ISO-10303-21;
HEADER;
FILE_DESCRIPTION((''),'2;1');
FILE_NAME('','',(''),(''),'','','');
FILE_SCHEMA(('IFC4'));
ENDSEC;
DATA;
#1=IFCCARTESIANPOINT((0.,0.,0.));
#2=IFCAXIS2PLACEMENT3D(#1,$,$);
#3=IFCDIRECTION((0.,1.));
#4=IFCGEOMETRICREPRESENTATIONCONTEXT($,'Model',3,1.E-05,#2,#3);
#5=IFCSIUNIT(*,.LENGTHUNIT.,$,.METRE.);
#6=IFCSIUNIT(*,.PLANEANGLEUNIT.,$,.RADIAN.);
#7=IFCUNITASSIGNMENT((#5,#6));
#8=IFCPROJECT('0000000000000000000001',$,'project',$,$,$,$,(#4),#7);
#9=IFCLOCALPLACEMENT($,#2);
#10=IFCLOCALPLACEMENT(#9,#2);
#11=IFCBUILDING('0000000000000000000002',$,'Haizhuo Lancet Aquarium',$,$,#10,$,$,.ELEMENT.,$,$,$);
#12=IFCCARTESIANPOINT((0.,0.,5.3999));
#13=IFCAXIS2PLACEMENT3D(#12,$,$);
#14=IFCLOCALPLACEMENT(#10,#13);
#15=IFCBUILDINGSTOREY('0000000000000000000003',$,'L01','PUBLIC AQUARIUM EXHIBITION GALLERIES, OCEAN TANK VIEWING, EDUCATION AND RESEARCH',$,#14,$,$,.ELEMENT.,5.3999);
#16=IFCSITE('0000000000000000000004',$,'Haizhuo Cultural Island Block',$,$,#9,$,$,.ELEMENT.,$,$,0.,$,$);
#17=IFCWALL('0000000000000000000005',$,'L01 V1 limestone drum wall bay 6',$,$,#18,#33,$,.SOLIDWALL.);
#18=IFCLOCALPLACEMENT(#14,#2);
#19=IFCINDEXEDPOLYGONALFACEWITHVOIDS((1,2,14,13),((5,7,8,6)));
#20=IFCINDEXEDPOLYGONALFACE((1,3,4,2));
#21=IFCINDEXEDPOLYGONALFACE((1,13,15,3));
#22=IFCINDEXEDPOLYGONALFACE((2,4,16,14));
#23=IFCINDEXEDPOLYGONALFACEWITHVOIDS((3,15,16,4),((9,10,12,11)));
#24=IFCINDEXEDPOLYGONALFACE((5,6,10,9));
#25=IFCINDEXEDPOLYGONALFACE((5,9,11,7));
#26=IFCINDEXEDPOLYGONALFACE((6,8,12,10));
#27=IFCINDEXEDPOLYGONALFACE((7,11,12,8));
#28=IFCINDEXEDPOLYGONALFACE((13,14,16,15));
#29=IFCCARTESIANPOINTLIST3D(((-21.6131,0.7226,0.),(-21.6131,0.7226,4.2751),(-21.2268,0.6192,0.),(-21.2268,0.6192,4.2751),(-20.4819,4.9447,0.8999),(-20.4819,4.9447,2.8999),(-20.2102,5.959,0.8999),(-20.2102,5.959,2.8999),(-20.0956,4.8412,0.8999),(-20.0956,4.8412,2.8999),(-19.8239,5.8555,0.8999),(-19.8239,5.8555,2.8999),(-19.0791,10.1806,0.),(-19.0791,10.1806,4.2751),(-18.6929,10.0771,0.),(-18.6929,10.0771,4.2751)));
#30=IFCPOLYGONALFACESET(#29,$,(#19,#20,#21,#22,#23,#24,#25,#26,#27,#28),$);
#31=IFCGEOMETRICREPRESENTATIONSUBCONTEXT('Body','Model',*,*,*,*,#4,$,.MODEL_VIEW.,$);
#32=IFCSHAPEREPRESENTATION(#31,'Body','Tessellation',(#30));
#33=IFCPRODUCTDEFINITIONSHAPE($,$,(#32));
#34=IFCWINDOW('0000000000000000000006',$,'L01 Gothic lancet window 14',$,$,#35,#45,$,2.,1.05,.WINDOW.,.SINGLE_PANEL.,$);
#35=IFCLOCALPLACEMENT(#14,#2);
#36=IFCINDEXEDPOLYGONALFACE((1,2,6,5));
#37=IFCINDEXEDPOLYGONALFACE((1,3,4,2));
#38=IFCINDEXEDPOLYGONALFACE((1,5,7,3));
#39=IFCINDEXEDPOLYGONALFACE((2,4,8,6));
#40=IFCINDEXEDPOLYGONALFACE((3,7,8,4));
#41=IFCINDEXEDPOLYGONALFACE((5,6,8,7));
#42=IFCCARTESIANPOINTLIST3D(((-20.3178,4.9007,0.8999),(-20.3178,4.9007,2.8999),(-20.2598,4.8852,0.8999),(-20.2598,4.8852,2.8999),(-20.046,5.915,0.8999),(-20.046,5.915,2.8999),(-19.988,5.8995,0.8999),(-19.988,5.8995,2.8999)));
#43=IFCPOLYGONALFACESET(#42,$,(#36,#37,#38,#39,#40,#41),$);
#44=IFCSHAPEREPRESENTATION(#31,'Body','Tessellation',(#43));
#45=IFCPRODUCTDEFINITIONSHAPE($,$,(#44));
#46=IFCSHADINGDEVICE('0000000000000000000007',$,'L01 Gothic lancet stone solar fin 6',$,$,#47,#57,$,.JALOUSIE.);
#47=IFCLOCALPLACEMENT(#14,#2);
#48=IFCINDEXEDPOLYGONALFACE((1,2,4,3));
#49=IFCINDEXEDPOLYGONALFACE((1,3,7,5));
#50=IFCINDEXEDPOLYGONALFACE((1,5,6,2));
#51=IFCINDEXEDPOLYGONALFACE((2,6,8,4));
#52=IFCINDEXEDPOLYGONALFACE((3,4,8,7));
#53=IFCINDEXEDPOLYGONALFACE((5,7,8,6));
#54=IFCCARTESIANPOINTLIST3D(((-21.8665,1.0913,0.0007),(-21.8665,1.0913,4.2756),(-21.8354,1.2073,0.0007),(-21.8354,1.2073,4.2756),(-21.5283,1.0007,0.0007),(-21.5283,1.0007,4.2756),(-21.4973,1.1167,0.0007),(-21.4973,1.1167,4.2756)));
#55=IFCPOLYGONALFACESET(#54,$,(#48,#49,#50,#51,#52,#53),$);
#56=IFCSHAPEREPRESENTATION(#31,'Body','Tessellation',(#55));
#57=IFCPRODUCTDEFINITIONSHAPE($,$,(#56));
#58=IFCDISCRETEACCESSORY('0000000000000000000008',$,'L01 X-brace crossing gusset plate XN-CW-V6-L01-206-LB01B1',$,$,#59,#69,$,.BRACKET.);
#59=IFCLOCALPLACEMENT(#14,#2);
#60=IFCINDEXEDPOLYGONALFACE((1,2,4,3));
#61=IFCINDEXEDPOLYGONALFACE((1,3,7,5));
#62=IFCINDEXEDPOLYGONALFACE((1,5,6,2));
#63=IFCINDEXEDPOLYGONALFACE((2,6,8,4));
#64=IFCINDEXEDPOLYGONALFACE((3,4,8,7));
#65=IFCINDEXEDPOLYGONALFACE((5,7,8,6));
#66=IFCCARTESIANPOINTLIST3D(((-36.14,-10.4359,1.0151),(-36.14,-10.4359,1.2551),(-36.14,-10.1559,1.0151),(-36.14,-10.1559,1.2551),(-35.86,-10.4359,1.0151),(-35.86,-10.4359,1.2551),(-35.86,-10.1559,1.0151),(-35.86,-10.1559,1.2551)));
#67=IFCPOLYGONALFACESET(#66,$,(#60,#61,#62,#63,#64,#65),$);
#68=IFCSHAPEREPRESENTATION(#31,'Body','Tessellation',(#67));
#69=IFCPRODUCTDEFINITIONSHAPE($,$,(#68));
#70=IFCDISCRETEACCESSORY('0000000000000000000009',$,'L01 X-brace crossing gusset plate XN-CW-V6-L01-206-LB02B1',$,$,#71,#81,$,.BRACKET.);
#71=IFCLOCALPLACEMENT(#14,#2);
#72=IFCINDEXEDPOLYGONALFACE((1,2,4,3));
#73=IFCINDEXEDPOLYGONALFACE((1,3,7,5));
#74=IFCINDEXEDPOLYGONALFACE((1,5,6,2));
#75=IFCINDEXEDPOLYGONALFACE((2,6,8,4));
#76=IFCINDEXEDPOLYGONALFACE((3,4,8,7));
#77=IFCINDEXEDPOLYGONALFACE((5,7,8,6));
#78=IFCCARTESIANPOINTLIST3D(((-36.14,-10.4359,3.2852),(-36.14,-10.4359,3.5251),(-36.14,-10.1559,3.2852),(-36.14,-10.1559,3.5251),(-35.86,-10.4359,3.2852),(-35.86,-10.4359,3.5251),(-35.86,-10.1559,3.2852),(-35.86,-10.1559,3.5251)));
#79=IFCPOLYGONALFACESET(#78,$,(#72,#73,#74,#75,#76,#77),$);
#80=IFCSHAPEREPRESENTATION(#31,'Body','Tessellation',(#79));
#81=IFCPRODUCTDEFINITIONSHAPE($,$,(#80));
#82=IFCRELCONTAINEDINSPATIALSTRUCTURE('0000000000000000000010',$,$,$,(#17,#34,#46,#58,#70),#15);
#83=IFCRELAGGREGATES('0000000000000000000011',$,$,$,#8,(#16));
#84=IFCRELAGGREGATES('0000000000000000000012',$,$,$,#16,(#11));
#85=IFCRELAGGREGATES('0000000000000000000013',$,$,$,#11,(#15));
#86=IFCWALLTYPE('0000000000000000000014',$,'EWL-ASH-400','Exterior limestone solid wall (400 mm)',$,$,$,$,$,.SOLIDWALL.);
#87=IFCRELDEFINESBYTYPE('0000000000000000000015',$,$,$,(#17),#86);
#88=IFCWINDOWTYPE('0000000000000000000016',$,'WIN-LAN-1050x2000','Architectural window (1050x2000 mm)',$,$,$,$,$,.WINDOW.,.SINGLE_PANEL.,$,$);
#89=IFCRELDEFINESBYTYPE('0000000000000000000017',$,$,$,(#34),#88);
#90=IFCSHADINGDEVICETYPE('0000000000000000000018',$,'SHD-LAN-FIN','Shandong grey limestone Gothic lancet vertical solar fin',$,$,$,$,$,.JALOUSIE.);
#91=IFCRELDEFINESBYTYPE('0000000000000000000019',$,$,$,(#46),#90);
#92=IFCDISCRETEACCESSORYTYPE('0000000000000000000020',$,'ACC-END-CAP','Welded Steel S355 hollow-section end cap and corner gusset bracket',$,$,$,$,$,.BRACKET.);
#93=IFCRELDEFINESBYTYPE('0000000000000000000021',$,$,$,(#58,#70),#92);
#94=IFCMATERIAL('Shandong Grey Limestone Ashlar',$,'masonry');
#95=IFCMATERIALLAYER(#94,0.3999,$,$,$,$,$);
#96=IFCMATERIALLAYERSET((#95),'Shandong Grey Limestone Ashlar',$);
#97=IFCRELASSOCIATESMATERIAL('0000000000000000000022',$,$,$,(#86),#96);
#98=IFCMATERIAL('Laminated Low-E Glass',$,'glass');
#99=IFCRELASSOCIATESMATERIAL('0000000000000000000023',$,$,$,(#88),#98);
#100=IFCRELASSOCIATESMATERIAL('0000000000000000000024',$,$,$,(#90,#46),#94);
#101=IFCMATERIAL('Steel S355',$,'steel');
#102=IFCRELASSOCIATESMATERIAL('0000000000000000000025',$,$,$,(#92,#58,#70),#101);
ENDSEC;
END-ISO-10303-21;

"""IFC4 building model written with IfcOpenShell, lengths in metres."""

from ifc_helpers import new_model, si_unit, direction, frame, frame_2d, origin, origin_2d, place, context, subcontext, project, spatial, rectangle, extrude, material, layer, layer_set, type_object, element, fill, save


model = new_model("IFC4")

# Units and contexts
model_context = context("Model", 3, precision=1e-05, world=origin(), true_north=direction((0.0, 1.0)))
body_context = subcontext(model_context, "Body", "Model", "MODEL_VIEW")
ifc_project = project(units=[si_unit("LENGTHUNIT", "METRE"), si_unit("PLANEANGLEUNIT", "RADIAN")], contexts=[model_context])

# Site, building, storey
site_placement = place(None, origin())
site = spatial("IfcSite", under=ifc_project, at=site_placement, Name="Haizhuo Cultural Island Block", CompositionType="ELEMENT", RefElevation=0.0)
building_placement = place(site_placement, origin())
building = spatial("IfcBuilding", under=site, at=building_placement, Name="Haizhuo Lancet Aquarium", CompositionType="ELEMENT")
storey_placement = place(building_placement, frame((0.0, 0.0, 5.3999)))
storey = spatial("IfcBuildingStorey", under=building, at=storey_placement, Name="L01", Description="PUBLIC AQUARIUM EXHIBITION GALLERIES, OCEAN TANK VIEWING, EDUCATION AND RESEARCH", CompositionType="ELEMENT", Elevation=5.3999)

# Shared definitions
ifc_material_1 = material(Name="Steel S355", Category="steel")

# Shared definitions
ifc_material_2 = material(Name="Laminated Low-E Glass", Category="glass")

# Wall, opening, window
ifc_material_3 = material(Name="Shandong Grey Limestone Ashlar", Category="masonry")
ifc_layer_1 = layer(ifc_material_3, 0.3999)
ifc_layer_set_1 = layer_set([ifc_layer_1], Name="Shandong Grey Limestone Ashlar")
wall_type = type_object("IfcWallType", Name="EWL-ASH-400", Description="Exterior limestone solid wall (400 mm)", PredefinedType="SOLIDWALL", material=ifc_layer_set_1)
wall_placement = place(storey_placement, frame((-21.4199, 0.6709, 0.0), z_axis=(0.0, 0.0, 1.0), x_axis=(0.258788, 0.965934, 0.0)))
wall = element("IfcWall", 1, at=wall_placement, inside=storey, type_object=wall_type, Name="L01 V1 limestone drum wall bay 6", PredefinedType="SOLIDWALL", context=body_context, shape_type="SweptSolid", body=[
    extrude(rectangle(XDim=9.7915, YDim=0.3999, at=frame_2d((4.8958, 0.0))), origin(), (0.0, 0.0, 1.0), 4.2751),
])
opening_placement = place(wall_placement, frame((4.3711, 0.0, 0.8999)))
opening = element("IfcOpeningElement", 2, at=opening_placement, cuts=wall, PredefinedType="OPENING", context=body_context, shape_type="SweptSolid", body=[
    extrude(rectangle(XDim=1.05, YDim=2.0, at=frame_2d((0.5249, 1.0))), frame((0.0, 0.21, 0.0), z_axis=(0.0, -1.0, 0.0), x_axis=(1.0, 0.0, 0.0)), (0.0, 0.0, 1.0), 0.4199),
])
window_type = type_object("IfcWindowType", Name="WIN-LAN-1050x2000", Description="Architectural window (1050x2000 mm)", PartitioningType="SINGLE_PANEL", PredefinedType="WINDOW", material=ifc_material_2)
window_placement = place(opening_placement, origin())
window = element("IfcWindow", 3, at=window_placement, inside=storey, type_object=window_type, Name="L01 Gothic lancet window 14", OverallHeight=2.0, OverallWidth=1.05, PartitioningType="SINGLE_PANEL", PredefinedType="WINDOW", context=body_context, shape_type="SweptSolid", body=[
    extrude(rectangle(XDim=1.05, YDim=2.0, at=frame_2d((0.5249, 1.0))), frame((0.0, 0.03, 0.0), z_axis=(0.0, -1.0, 0.0), x_axis=(1.0, 0.0, 0.0)), (0.0, 0.0, 1.0), 0.0601),
])
fill(opening, window)

# Shading device
shading_device_type = type_object("IfcShadingDeviceType", Name="SHD-LAN-FIN", Description="Shandong grey limestone Gothic lancet vertical solar fin", PredefinedType="JALOUSIE", material=ifc_material_3)
shading_device_placement = place(storey_placement, frame((-21.6819, 1.104, 0.0007), z_axis=(0.0, 0.0, 1.0), x_axis=(0.258794, 0.965933, 0.0)))
element("IfcShadingDevice", 4, at=shading_device_placement, inside=storey, type_object=shading_device_type, material=ifc_material_3, Name="L01 Gothic lancet stone solar fin 6", PredefinedType="JALOUSIE", context=body_context, shape_type="SweptSolid", body=[
    extrude(rectangle(XDim=0.1201, YDim=0.3501, at=origin_2d()), origin(), (0.0, 0.0, 1.0), 4.2749),
])

# Discrete accessories
discrete_accessory_type = type_object("IfcDiscreteAccessoryType", Name="ACC-END-CAP", Description="Welded Steel S355 hollow-section end cap and corner gusset bracket", PredefinedType="BRACKET", material=ifc_material_1)
for number, where, z_axis, x_axis, name in (
    (5, (-36.0, -10.2959, 1.0151), (0.0, 0.0, 1.0), (1.0, 0.0, 0.0), "L01 X-brace crossing gusset plate XN-CW-V6-L01-206-LB01B1"),
    (6, (-36.0, -10.2959, 3.2852), (0.0, 0.0, 1.0), (1.0, 0.0, 0.0), "L01 X-brace crossing gusset plate XN-CW-V6-L01-206-LB02B1"),
):
    element("IfcDiscreteAccessory", number, at=place(storey_placement, frame(where, z_axis=z_axis, x_axis=x_axis)), inside=storey, type_object=discrete_accessory_type, material=ifc_material_1, Name=name, PredefinedType="BRACKET", context=body_context, shape_type="SweptSolid", body=[
        extrude(rectangle(XDim=0.28, YDim=0.28, at=origin_2d()), origin(), (0.0, 0.0, 1.0), 0.24),
    ])

save(model, "model.ifc")
